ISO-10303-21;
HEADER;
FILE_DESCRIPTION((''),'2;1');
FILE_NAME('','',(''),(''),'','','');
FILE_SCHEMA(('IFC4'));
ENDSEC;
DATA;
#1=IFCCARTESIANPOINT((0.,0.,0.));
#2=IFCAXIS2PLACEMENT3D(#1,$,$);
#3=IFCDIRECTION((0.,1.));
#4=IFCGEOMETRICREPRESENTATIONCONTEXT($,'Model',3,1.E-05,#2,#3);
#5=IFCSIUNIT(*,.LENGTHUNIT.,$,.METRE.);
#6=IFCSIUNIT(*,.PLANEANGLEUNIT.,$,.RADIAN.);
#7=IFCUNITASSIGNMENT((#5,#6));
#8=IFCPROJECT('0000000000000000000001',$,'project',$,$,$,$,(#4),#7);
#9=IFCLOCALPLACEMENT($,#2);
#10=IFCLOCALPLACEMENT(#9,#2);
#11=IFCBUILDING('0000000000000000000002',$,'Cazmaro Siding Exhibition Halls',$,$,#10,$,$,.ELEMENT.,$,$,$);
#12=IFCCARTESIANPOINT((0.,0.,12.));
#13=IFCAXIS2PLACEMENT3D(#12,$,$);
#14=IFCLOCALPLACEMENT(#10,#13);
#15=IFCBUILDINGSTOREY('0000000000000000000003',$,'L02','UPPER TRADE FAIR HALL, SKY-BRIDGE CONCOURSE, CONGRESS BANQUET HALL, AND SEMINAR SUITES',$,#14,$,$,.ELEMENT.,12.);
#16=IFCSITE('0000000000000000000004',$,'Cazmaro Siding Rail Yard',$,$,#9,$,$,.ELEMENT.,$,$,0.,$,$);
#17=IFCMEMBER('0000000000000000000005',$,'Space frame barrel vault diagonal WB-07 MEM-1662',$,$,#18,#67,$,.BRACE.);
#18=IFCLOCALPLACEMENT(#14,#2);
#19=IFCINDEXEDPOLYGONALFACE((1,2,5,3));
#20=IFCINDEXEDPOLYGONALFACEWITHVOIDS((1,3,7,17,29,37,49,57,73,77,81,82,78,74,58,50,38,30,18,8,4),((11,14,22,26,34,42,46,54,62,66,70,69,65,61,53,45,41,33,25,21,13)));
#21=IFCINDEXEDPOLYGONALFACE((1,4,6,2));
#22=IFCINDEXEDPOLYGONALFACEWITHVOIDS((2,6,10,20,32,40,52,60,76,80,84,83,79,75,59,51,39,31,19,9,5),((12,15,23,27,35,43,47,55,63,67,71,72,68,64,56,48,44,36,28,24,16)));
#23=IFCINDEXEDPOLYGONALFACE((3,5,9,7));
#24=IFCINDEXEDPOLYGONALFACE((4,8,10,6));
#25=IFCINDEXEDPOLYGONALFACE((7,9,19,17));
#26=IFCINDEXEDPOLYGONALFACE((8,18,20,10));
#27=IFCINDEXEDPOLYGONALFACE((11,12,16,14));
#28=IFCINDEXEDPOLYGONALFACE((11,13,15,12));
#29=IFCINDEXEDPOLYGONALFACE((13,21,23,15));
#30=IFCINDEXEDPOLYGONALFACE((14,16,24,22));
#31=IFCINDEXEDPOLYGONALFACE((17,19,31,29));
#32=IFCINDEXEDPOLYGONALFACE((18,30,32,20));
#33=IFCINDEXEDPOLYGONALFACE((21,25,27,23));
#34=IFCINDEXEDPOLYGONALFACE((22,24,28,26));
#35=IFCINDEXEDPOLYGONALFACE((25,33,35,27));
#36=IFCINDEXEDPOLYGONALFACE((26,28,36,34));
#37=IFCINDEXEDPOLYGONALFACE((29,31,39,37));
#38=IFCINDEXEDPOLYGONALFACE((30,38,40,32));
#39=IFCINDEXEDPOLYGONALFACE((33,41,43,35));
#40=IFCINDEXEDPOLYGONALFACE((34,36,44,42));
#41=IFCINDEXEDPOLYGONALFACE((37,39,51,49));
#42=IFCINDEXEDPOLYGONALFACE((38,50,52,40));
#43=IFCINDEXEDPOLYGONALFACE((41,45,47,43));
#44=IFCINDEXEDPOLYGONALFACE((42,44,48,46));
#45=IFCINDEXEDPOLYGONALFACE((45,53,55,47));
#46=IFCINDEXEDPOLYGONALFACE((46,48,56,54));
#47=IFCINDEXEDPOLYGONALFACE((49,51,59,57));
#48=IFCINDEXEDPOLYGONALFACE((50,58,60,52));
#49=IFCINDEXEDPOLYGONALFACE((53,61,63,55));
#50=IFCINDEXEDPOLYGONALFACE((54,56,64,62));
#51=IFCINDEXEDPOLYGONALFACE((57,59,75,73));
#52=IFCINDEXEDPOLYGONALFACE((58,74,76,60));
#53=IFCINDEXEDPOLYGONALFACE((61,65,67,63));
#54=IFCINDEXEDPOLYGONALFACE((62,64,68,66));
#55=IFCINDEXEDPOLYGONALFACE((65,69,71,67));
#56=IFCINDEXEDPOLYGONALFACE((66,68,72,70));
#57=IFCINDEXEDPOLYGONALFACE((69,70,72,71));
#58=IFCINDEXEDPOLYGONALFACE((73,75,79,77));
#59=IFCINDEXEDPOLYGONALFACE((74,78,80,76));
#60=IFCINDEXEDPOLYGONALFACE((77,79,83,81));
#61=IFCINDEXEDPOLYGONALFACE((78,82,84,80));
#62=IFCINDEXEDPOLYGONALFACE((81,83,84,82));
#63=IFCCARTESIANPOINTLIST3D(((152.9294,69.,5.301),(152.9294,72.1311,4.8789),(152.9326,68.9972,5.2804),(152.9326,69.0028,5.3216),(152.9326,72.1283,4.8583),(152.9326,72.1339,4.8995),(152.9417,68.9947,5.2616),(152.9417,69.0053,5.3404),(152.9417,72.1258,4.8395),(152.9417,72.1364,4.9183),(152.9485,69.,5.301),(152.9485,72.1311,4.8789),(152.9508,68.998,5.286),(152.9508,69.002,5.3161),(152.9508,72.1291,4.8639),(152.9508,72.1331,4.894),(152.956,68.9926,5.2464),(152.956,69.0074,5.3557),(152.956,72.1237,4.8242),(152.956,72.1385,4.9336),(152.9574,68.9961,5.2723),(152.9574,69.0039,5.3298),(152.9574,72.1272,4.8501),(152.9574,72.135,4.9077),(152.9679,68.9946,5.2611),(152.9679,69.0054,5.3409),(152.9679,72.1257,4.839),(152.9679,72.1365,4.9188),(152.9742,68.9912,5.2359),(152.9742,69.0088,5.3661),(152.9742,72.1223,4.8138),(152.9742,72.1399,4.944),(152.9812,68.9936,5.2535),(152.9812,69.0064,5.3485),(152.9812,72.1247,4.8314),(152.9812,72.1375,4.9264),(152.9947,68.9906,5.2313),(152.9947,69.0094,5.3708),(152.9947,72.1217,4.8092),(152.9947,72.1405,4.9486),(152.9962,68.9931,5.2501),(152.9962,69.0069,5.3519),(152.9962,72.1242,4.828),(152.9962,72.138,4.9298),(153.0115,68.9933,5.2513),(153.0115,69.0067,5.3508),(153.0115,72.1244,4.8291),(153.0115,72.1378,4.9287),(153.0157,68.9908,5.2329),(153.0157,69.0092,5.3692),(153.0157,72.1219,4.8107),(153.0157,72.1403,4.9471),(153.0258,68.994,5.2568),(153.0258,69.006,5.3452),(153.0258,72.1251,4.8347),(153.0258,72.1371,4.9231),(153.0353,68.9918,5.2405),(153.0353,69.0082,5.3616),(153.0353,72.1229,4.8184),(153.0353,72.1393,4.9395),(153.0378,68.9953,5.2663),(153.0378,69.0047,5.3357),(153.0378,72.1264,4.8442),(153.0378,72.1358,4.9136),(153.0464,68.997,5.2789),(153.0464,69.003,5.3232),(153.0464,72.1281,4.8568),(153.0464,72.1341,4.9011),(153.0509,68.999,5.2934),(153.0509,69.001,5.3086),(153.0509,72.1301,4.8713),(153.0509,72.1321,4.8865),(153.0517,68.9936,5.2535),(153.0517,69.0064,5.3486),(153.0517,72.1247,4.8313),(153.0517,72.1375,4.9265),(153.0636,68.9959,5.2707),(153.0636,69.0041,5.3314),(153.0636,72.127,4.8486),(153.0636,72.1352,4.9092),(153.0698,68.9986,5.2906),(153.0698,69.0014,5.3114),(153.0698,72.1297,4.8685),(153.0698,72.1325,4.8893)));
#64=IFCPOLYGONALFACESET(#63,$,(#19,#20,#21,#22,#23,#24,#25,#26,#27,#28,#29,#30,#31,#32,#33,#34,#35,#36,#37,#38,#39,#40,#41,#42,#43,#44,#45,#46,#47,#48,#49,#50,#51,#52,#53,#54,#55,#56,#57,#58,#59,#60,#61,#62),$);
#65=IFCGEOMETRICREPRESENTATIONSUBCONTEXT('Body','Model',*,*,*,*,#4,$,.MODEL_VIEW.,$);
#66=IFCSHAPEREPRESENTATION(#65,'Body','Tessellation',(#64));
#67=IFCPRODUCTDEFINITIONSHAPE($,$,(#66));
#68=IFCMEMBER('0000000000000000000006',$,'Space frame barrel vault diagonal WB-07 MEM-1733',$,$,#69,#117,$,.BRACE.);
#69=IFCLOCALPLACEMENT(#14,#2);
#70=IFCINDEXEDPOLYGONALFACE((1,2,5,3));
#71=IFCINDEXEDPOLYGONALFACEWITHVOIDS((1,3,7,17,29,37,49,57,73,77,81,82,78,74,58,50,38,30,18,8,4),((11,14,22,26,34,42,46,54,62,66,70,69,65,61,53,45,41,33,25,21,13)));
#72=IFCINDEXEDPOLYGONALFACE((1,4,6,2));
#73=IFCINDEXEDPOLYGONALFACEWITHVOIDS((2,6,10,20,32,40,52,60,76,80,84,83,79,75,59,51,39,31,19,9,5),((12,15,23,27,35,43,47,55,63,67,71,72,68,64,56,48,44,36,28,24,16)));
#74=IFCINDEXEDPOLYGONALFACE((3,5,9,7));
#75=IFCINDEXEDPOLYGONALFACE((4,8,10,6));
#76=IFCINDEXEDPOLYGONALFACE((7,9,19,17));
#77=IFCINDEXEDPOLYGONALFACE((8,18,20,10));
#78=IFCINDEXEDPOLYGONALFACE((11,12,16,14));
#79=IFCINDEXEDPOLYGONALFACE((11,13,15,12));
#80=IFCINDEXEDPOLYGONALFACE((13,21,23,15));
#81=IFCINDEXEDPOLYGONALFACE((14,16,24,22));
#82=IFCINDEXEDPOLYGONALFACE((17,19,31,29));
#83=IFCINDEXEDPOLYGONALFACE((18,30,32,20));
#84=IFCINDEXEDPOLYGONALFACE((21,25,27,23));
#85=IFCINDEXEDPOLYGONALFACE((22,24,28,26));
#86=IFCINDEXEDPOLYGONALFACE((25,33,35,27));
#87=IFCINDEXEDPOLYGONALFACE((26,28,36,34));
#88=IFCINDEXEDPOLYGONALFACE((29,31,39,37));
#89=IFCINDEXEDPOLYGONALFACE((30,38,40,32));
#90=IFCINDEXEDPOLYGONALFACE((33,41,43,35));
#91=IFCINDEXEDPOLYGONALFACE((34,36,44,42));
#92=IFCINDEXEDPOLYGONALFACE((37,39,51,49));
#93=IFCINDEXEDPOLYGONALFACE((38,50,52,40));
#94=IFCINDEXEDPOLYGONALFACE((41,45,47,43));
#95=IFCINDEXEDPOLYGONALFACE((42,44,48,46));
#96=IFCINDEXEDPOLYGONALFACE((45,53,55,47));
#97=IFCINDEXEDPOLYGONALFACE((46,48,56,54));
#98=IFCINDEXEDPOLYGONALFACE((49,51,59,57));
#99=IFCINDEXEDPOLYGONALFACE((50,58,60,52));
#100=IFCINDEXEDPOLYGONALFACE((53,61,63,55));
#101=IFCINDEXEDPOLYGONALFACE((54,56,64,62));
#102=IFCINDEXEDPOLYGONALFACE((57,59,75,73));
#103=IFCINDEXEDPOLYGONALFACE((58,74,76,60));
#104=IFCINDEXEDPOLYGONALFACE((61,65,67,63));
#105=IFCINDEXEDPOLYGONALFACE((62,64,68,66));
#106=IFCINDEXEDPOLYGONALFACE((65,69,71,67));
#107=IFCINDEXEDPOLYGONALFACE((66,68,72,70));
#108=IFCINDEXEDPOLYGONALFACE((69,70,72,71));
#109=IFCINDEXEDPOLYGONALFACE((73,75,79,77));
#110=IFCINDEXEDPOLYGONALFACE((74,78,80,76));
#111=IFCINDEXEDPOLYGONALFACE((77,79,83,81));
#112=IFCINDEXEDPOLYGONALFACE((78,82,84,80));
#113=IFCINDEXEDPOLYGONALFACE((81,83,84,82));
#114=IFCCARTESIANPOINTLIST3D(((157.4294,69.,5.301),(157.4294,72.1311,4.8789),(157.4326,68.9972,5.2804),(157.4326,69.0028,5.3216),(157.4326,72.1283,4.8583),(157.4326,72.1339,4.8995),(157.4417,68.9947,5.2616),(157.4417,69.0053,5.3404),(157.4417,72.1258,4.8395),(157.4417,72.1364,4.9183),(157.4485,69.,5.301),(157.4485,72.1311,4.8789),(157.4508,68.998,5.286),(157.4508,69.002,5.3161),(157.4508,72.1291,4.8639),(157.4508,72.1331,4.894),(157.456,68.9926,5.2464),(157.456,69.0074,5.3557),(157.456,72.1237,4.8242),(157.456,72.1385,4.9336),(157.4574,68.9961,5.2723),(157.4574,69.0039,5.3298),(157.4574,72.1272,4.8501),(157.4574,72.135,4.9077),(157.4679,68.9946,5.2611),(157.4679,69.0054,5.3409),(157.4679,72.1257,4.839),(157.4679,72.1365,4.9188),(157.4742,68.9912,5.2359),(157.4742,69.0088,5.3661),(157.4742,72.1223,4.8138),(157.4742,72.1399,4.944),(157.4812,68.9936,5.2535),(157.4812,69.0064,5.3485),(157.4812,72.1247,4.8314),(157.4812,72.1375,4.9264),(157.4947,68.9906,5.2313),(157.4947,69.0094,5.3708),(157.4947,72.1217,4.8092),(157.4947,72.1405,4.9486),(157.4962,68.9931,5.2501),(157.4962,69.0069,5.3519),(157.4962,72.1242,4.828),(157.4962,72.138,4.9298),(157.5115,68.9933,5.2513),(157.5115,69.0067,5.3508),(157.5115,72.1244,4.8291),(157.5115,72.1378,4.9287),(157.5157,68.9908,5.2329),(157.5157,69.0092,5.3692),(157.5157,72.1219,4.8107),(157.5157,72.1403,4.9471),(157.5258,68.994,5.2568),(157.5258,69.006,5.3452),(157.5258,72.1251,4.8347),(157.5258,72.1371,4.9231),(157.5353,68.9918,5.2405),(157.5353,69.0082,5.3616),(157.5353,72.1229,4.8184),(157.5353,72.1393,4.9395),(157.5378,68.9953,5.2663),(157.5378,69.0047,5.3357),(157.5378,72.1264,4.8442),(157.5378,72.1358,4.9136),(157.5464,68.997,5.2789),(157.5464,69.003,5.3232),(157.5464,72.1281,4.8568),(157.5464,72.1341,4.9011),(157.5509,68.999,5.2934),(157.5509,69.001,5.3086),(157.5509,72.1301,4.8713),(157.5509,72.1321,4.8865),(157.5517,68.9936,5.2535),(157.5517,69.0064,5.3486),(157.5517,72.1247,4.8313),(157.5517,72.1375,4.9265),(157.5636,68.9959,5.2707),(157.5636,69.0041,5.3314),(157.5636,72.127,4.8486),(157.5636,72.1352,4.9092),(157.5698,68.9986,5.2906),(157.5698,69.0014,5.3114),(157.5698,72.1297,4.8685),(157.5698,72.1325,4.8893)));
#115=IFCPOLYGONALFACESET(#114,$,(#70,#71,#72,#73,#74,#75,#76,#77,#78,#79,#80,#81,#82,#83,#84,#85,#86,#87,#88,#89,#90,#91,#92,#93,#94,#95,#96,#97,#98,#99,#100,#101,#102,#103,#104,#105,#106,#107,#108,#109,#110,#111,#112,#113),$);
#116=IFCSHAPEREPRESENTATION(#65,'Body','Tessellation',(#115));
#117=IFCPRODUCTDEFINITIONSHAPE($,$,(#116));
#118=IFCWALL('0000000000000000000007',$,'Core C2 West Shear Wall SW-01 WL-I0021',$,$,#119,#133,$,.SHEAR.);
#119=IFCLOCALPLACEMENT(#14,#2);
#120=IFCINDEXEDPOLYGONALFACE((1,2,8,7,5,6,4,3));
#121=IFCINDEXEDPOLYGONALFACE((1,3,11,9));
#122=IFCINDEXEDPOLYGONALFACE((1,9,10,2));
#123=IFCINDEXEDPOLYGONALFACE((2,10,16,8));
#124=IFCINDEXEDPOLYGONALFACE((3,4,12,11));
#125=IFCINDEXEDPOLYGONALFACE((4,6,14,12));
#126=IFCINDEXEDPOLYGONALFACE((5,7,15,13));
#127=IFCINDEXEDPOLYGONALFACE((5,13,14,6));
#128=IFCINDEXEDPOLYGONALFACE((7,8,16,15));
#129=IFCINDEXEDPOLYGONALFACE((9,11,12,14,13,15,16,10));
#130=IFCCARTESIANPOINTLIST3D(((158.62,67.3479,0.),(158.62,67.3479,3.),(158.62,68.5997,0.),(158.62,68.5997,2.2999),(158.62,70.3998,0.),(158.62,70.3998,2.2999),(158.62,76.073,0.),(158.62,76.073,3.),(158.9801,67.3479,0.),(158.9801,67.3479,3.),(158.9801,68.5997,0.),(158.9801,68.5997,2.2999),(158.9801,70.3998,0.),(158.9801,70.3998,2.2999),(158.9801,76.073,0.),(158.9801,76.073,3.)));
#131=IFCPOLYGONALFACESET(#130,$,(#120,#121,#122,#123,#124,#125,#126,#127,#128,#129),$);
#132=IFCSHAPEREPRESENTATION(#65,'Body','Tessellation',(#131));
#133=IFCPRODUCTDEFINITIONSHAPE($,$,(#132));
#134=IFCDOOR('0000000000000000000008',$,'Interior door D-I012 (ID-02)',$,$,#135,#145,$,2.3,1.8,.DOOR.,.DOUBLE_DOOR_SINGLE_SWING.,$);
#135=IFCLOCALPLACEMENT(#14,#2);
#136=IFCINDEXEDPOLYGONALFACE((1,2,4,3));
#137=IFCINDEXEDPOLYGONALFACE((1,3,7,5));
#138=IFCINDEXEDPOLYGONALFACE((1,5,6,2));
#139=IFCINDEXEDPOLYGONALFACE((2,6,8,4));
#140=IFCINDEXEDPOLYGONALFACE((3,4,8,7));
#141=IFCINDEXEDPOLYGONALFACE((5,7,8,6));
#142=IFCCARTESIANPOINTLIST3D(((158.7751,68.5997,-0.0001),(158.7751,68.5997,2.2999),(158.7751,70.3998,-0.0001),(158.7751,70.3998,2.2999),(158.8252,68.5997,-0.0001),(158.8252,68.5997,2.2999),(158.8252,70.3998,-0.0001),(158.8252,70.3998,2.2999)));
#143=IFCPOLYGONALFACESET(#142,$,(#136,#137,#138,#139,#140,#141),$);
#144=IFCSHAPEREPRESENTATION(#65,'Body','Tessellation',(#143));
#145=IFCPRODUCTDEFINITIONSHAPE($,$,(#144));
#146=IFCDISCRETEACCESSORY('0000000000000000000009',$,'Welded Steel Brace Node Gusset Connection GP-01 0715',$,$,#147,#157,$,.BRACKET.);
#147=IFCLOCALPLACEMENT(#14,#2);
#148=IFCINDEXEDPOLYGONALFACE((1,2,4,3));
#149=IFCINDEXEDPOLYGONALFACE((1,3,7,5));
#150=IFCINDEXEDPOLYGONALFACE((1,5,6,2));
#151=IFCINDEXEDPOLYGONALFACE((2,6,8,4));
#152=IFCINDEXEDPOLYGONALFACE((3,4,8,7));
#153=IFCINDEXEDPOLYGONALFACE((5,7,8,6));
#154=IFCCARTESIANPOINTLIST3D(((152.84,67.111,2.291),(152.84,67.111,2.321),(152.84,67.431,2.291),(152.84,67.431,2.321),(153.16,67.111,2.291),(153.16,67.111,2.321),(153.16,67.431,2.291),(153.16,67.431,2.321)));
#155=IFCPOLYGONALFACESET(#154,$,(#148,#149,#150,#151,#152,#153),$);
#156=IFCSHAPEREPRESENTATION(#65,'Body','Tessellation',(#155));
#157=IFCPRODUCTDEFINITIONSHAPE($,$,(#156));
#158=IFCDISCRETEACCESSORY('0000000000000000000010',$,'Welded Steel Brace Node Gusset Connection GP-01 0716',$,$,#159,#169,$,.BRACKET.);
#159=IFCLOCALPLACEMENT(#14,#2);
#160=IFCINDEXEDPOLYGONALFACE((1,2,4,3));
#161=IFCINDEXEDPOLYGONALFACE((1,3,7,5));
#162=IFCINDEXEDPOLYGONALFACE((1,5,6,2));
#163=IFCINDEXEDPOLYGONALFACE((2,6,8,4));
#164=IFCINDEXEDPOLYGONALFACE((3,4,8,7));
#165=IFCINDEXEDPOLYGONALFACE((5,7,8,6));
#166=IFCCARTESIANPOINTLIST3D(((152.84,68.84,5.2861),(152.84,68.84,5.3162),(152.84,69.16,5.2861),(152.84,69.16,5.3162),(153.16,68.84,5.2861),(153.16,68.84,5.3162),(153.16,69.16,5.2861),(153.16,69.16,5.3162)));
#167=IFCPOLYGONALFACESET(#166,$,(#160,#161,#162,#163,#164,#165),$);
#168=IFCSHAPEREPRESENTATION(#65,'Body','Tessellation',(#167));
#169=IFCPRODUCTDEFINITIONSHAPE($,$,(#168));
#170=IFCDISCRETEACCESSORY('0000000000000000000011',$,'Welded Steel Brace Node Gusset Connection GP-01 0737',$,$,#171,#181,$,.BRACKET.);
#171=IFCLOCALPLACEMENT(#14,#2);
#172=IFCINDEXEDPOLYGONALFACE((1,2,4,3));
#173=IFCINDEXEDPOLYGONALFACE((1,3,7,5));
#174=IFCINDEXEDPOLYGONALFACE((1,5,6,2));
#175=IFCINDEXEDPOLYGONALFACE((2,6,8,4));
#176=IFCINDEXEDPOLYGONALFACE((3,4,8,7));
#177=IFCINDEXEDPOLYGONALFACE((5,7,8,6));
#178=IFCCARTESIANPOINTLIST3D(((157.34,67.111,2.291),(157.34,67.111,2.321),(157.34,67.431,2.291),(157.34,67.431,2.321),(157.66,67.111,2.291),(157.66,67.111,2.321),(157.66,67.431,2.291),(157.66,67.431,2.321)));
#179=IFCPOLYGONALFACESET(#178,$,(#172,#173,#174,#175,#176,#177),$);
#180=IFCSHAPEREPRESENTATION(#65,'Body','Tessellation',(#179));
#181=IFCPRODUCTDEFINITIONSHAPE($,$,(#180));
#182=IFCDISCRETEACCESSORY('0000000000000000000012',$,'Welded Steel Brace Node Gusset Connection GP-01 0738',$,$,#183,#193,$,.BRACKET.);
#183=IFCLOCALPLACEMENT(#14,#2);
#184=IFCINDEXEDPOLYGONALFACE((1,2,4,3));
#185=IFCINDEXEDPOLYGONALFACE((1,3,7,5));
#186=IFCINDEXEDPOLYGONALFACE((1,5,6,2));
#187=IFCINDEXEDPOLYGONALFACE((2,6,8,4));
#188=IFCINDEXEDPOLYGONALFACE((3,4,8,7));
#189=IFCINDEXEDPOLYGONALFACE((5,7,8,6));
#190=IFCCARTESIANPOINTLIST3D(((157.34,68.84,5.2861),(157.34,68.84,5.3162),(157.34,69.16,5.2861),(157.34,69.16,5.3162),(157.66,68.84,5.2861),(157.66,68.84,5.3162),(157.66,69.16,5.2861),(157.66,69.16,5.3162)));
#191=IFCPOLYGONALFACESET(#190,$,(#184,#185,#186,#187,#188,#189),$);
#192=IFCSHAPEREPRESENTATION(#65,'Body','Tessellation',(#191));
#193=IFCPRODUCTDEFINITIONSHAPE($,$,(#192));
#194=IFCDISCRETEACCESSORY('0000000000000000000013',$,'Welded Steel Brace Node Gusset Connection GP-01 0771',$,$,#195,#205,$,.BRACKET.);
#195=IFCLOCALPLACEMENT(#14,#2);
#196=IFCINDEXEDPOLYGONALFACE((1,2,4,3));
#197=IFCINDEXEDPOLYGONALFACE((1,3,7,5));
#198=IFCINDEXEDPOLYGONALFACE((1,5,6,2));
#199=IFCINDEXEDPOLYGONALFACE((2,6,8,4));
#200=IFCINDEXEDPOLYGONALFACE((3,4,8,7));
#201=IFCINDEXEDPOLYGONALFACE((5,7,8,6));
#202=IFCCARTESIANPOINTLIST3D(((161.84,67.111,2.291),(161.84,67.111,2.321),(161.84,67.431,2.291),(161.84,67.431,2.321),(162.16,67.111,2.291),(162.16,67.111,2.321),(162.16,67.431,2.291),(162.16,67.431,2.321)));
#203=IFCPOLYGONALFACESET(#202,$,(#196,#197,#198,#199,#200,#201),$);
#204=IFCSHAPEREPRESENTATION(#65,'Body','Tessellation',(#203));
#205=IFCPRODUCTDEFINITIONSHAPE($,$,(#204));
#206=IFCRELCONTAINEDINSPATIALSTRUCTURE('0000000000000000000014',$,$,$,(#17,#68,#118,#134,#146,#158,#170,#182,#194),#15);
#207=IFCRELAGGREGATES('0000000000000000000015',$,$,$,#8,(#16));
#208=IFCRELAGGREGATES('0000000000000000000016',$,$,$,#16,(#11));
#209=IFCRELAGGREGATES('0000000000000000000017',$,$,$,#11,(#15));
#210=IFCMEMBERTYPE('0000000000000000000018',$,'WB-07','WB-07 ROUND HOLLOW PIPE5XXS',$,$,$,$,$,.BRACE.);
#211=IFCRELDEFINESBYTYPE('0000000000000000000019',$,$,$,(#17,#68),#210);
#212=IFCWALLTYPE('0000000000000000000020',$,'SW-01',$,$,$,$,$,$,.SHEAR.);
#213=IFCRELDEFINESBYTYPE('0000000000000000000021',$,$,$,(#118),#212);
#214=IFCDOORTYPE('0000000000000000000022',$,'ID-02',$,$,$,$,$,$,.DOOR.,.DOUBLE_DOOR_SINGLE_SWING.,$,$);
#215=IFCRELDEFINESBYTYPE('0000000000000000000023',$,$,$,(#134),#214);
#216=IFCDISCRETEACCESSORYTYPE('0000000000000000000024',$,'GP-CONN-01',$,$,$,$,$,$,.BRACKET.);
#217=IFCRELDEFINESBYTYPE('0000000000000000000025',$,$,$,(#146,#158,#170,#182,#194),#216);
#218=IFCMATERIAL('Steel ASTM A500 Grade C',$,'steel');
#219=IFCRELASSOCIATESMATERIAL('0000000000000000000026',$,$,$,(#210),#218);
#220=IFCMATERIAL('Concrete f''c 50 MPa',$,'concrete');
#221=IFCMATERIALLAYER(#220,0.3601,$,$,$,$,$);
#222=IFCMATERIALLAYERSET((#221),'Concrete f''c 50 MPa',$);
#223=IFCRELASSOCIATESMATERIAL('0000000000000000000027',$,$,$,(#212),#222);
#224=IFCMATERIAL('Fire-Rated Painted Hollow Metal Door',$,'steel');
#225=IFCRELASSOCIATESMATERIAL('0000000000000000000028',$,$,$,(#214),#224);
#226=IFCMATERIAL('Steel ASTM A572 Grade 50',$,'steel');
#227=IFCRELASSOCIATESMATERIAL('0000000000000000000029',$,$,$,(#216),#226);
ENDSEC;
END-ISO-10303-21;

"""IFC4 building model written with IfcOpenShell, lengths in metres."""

from ifc_helpers import new_model, si_unit, direction, frame, frame_2d, origin, origin_2d, place, context, subcontext, project, spatial, rectangle, hollow_circle, extrude, material, layer, layer_set, material_profile, profile_set, type_object, element, fill, save


model = new_model("IFC4")

# Units and contexts
model_context = context("Model", 3, precision=1e-05, world=origin(), true_north=direction((0.0, 1.0)))
body_context = subcontext(model_context, "Body", "Model", "MODEL_VIEW")
ifc_project = project(units=[si_unit("LENGTHUNIT", "METRE"), si_unit("PLANEANGLEUNIT", "RADIAN")], contexts=[model_context])

# Site, building, storey
site_placement = place(None, origin())
site = spatial("IfcSite", under=ifc_project, at=site_placement, Name="Cazmaro Siding Rail Yard", CompositionType="ELEMENT", RefElevation=0.0)
building_placement = place(site_placement, origin())
building = spatial("IfcBuilding", under=site, at=building_placement, Name="Cazmaro Siding Exhibition Halls", CompositionType="ELEMENT")
storey_placement = place(building_placement, frame((0.0, 0.0, 12.0)))
storey = spatial("IfcBuildingStorey", under=building, at=storey_placement, Name="L02", Description="UPPER TRADE FAIR HALL, SKY-BRIDGE CONCOURSE, CONGRESS BANQUET HALL, AND SEMINAR SUITES", CompositionType="ELEMENT", Elevation=12.0)

# Members
ifc_material_1 = material(Name="Steel ASTM A500 Grade C", Category="steel")
ifc_material_profile_1 = material_profile(ifc_material_1, hollow_circle(Radius=0.0706, WallThickness=0.019, at=origin_2d()), Name="PIPE5XXS")
ifc_profile_set_1 = profile_set([ifc_material_profile_1], Name="Steel ASTM A500 Grade C")
member_type_1 = type_object("IfcMemberType", Name="WB-07", Description="WB-07 ROUND HOLLOW PIPE5XXS", PredefinedType="BRACE", material=ifc_profile_set_1)
for number, where, z_axis, x_axis, name in (
    (1, (153.0, 69.0, 5.301), (0.0, 0.991035, -0.133606), (-1.0, 0.0, 0.0), "Space frame barrel vault diagonal WB-07 MEM-1662"),
    (2, (157.5, 69.0, 5.301), (0.0, 0.991035, -0.133606), (-1.0, 0.0, 0.0), "Space frame barrel vault diagonal WB-07 MEM-1733"),
):
    element("IfcMember", number, at=place(storey_placement, frame(where, z_axis=z_axis, x_axis=x_axis)), inside=storey, type_object=member_type_1, Name=name, PredefinedType="BRACE", context=body_context, shape_type="SweptSolid", body=[
        extrude(hollow_circle(Radius=0.0706, WallThickness=0.019, at=origin_2d()), origin(), (0.0, 0.0, 1.0), 3.1594),
    ])

# Wall, opening, door
ifc_material_2 = material(Name="Concrete f'c 50 MPa", Category="concrete")
ifc_layer = layer(ifc_material_2, 0.3601)
ifc_layer_set = layer_set([ifc_layer], Name="Concrete f'c 50 MPa")
wall_type = type_object("IfcWallType", Name="SW-01", PredefinedType="SHEAR", material=ifc_layer_set)
wall_placement = place(storey_placement, frame((158.8, 67.3479, 0.0), z_axis=(0.0, 0.0, 1.0), x_axis=(0.0, 1.0, 0.0)))
wall = element("IfcWall", 3, at=wall_placement, inside=storey, type_object=wall_type, Name="Core C2 West Shear Wall SW-01 WL-I0021", PredefinedType="SHEAR", context=body_context, shape_type="SweptSolid", body=[
    extrude(rectangle(XDim=8.7251, YDim=0.3601, at=frame_2d((4.3625, 0.0))), origin(), (0.0, 0.0, 1.0), 3.0),
])
opening_placement = place(wall_placement, frame((1.252, 0.0, 0.0)))
opening = element("IfcOpeningElement", 4, at=opening_placement, cuts=wall, PredefinedType="OPENING", context=body_context, shape_type="SweptSolid", body=[
    extrude(rectangle(XDim=1.8, YDim=2.3, at=frame_2d((0.8999, 1.1499))), frame((0.0, 0.1899, 0.0), z_axis=(0.0, -1.0, 0.0), x_axis=(1.0, 0.0, 0.0)), (0.0, 0.0, 1.0), 0.3801),
])
ifc_material_3 = material(Name="Fire-Rated Painted Hollow Metal Door", Category="steel")
door_type = type_object("IfcDoorType", Name="ID-02", OperationType="DOUBLE_DOOR_SINGLE_SWING", PredefinedType="DOOR", material=ifc_material_3)
door_placement = place(opening_placement, origin())
door = element("IfcDoor", 5, at=door_placement, inside=storey, type_object=door_type, Name="Interior door D-I012 (ID-02)", OperationType="DOUBLE_DOOR_SINGLE_SWING", OverallHeight=2.3, OverallWidth=1.8, PredefinedType="DOOR", context=body_context, shape_type="SweptSolid", body=[
    extrude(rectangle(XDim=1.8, YDim=2.3, at=frame_2d((0.8999, 1.1499))), frame((0.0, 0.0249, 0.0), z_axis=(0.0, -1.0, 0.0), x_axis=(1.0, 0.0, 0.0)), (0.0, 0.0, 1.0), 0.05),
])
fill(opening, door)

# Discrete accessories
ifc_material_4 = material(Name="Steel ASTM A572 Grade 50", Category="steel")
discrete_accessory_type = type_object("IfcDiscreteAccessoryType", Name="GP-CONN-01", PredefinedType="BRACKET", material=ifc_material_4)
for number, where, z_axis, x_axis, name in (
    (6, (153.0, 67.271, 2.291), (0.0, 0.0, 1.0), (1.0, 0.0, 0.0), "Welded Steel Brace Node Gusset Connection GP-01 0715"),
    (7, (153.0, 69.0, 5.2861), (0.0, 0.0, 1.0), (1.0, 0.0, 0.0), "Welded Steel Brace Node Gusset Connection GP-01 0716"),
    (8, (157.5, 67.271, 2.291), (0.0, 0.0, 1.0), (1.0, 0.0, 0.0), "Welded Steel Brace Node Gusset Connection GP-01 0737"),
    (9, (157.5, 69.0, 5.2861), (0.0, 0.0, 1.0), (1.0, 0.0, 0.0), "Welded Steel Brace Node Gusset Connection GP-01 0738"),
    (10, (162.0, 67.271, 2.291), (0.0, 0.0, 1.0), (1.0, 0.0, 0.0), "Welded Steel Brace Node Gusset Connection GP-01 0771"),
):
    element("IfcDiscreteAccessory", number, at=place(storey_placement, frame(where, z_axis=z_axis, x_axis=x_axis)), inside=storey, type_object=discrete_accessory_type, Name=name, PredefinedType="BRACKET", context=body_context, shape_type="SweptSolid", body=[
        extrude(rectangle(XDim=0.3201, YDim=0.3201, at=origin_2d()), origin(), (0.0, 0.0, 1.0), 0.03),
    ])

save(model, "model.ifc")
